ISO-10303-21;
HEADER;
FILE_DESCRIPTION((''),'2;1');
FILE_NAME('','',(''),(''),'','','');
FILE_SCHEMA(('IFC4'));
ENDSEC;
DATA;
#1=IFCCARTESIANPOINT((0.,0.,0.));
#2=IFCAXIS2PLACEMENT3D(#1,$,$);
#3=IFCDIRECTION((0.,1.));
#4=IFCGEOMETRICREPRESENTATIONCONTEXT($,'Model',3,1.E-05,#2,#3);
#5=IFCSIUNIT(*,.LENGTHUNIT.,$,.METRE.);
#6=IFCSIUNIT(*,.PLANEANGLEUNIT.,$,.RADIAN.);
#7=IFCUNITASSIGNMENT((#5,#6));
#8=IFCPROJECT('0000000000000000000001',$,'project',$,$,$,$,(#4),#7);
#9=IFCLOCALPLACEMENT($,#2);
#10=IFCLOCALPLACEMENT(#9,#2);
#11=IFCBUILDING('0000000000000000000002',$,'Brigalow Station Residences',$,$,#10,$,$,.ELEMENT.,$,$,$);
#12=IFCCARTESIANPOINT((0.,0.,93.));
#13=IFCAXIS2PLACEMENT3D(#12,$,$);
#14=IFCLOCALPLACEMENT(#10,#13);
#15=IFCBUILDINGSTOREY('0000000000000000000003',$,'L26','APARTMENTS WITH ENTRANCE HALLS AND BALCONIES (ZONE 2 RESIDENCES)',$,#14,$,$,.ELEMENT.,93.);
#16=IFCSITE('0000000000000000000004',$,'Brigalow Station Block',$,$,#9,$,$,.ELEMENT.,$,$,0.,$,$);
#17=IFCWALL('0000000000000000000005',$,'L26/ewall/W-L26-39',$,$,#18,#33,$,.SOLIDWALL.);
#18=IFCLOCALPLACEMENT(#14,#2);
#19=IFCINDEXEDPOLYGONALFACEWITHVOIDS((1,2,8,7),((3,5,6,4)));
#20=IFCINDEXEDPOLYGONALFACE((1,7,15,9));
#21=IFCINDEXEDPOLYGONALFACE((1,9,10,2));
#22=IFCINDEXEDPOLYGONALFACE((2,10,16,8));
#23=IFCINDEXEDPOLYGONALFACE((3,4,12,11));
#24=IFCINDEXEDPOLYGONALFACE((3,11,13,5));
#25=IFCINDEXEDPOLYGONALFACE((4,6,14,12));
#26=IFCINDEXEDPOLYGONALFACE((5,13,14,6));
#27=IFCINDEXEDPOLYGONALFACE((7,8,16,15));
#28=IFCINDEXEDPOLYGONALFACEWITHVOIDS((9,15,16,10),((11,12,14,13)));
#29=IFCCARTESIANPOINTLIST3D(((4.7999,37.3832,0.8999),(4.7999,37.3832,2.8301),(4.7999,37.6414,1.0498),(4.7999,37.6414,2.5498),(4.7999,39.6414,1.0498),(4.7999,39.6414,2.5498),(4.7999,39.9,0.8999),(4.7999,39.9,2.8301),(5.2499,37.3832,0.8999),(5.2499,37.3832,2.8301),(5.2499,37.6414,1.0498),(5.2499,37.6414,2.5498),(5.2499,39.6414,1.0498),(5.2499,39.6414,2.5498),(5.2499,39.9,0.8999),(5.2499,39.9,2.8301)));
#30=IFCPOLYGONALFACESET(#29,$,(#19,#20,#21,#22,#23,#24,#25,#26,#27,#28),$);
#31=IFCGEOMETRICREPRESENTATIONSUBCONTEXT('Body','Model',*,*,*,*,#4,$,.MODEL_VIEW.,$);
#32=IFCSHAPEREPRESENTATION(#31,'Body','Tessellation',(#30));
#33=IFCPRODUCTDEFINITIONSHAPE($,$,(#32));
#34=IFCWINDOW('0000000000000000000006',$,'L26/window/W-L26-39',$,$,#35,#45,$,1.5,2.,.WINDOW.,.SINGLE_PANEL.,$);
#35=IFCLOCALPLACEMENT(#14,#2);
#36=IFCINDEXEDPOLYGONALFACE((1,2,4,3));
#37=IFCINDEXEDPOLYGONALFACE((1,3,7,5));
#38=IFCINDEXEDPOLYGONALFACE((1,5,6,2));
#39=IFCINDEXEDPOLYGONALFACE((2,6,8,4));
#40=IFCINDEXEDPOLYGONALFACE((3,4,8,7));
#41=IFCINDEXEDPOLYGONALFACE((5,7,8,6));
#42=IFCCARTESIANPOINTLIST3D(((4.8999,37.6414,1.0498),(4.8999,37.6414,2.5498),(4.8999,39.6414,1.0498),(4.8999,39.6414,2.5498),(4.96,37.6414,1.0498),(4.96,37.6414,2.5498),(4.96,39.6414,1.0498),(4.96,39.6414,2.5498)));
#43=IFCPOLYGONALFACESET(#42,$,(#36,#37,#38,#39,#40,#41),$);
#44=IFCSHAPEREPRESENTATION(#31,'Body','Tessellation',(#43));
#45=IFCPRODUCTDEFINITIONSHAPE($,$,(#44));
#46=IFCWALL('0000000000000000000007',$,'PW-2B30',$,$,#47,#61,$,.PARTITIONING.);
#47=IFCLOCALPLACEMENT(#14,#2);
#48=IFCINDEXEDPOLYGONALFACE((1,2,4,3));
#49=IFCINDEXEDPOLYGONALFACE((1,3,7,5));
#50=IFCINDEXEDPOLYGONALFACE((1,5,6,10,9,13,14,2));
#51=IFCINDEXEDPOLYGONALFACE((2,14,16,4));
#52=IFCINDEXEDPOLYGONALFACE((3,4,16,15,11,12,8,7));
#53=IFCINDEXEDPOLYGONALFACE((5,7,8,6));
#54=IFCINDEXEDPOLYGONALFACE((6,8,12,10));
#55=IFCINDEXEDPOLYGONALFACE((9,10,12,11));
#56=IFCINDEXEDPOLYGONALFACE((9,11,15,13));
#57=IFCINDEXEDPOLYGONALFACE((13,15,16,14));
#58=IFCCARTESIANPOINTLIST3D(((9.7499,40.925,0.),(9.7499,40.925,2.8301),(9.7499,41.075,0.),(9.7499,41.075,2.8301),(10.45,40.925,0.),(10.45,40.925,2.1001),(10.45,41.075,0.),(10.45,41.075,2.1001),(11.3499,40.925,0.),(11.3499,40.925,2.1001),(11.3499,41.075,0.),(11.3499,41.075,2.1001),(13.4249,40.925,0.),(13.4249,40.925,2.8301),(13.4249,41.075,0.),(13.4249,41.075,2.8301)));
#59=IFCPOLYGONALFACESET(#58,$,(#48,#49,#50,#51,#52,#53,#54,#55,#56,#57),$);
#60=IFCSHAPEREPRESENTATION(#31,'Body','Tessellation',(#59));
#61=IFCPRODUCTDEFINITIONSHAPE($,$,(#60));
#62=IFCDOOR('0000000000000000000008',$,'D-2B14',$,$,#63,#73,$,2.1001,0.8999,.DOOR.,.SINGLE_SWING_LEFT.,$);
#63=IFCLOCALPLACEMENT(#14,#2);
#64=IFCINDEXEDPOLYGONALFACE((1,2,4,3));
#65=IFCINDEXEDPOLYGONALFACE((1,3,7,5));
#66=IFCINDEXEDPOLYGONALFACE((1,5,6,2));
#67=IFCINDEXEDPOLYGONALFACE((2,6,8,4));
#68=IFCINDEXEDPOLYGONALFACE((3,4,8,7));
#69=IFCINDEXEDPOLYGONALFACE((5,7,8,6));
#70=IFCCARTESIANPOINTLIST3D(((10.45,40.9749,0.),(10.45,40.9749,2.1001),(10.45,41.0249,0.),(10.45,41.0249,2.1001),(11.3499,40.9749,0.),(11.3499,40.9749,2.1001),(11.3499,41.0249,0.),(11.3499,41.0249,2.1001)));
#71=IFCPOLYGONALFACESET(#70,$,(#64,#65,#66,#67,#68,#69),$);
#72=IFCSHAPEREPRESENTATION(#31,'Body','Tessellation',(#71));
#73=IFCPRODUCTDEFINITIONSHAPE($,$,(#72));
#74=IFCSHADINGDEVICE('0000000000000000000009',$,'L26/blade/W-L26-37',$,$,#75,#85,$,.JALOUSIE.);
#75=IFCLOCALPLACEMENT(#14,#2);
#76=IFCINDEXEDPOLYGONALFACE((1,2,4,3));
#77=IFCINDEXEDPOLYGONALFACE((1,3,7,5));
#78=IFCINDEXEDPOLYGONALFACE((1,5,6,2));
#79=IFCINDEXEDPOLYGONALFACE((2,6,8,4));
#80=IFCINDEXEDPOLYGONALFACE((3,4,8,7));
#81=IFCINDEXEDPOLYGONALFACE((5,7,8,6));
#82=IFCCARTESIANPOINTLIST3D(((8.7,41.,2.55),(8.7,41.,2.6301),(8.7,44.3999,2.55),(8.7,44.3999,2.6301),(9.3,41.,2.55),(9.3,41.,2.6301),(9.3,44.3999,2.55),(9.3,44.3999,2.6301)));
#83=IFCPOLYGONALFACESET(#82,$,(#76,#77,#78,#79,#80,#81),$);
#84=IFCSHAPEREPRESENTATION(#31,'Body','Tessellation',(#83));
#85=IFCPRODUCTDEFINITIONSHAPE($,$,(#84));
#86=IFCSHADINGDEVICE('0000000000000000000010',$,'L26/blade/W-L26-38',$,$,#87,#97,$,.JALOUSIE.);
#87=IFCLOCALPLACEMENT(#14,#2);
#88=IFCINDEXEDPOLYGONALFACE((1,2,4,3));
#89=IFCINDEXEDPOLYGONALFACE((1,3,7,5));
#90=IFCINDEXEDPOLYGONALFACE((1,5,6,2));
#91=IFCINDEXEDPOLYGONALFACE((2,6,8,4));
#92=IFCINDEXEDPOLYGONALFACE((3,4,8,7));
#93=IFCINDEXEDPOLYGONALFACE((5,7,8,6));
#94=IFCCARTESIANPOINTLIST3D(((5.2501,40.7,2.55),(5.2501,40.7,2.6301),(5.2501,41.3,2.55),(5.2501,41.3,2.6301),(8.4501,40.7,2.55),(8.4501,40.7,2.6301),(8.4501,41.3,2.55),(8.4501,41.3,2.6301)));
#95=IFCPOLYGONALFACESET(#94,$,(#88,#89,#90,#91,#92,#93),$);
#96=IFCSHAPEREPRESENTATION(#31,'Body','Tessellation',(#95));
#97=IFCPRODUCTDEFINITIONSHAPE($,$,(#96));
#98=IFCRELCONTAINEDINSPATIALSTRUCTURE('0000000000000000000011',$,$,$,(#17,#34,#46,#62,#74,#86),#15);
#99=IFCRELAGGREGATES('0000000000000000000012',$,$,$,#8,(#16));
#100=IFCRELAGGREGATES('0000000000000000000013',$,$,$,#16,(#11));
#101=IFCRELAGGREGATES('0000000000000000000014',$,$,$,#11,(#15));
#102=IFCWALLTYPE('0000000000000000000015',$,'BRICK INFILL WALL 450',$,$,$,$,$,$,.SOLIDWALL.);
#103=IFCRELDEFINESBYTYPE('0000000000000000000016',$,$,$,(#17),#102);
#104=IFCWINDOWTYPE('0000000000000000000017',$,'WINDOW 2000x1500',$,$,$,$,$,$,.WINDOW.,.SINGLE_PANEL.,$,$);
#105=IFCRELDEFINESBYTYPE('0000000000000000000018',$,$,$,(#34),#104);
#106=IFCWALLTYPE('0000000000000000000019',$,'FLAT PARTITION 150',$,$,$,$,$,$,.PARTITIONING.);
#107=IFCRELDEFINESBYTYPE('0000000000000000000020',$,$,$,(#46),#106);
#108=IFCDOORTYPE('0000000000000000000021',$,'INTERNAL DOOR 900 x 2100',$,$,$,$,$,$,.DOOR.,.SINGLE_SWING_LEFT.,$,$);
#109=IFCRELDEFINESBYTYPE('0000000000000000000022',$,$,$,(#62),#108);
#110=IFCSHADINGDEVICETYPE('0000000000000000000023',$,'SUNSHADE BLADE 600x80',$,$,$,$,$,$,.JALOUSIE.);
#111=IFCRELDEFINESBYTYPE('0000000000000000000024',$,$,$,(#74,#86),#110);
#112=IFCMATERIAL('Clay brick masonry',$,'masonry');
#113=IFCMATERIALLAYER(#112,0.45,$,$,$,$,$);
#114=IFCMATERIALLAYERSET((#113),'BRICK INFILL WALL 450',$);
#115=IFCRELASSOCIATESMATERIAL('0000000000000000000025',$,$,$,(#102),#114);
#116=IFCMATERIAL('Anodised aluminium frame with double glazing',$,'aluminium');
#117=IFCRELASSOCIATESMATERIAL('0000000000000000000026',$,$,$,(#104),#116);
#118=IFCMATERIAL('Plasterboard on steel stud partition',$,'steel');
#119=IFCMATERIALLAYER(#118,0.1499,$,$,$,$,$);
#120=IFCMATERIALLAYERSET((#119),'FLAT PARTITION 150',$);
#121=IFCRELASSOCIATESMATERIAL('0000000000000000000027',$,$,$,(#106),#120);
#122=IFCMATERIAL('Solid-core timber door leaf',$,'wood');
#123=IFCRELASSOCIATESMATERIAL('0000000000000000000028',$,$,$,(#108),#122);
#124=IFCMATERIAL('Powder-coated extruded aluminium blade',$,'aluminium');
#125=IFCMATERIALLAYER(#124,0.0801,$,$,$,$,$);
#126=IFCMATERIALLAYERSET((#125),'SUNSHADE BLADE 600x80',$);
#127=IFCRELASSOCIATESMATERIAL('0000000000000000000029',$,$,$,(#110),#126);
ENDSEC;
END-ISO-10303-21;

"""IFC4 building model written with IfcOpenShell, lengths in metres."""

from ifc_helpers import new_model, si_unit, direction, frame, frame_2d, origin, origin_2d, place, context, subcontext, project, spatial, rectangle, extrude, material, layer, layer_set, type_object, element, fill, save


model = new_model("IFC4")

# Units and contexts
model_context = context("Model", 3, precision=1e-05, world=origin(), true_north=direction((0.0, 1.0)))
body_context = subcontext(model_context, "Body", "Model", "MODEL_VIEW")
ifc_project = project(units=[si_unit("LENGTHUNIT", "METRE"), si_unit("PLANEANGLEUNIT", "RADIAN")], contexts=[model_context])

# Site, building, storey
site_placement = place(None, origin())
site = spatial("IfcSite", under=ifc_project, at=site_placement, Name="Brigalow Station Block", CompositionType="ELEMENT", RefElevation=0.0)
building_placement = place(site_placement, origin())
building = spatial("IfcBuilding", under=site, at=building_placement, Name="Brigalow Station Residences", CompositionType="ELEMENT")
storey_placement = place(building_placement, frame((0.0, 0.0, 93.0)))
storey = spatial("IfcBuildingStorey", under=building, at=storey_placement, Name="L26", Description="APARTMENTS WITH ENTRANCE HALLS AND BALCONIES (ZONE 2 RESIDENCES)", CompositionType="ELEMENT", Elevation=93.0)

# Shared definitions
ifc_material_1 = material(Name="Clay brick masonry", Category="masonry")
ifc_layer_1 = layer(ifc_material_1, 0.45)
ifc_layer_set_1 = layer_set([ifc_layer_1], Name="BRICK INFILL WALL 450")
wall_type_1 = type_object("IfcWallType", Name="BRICK INFILL WALL 450", PredefinedType="SOLIDWALL", material=ifc_layer_set_1)

# Wall, opening, window
wall_1_placement = place(storey_placement, frame((5.0249, 39.8999, 0.8999), z_axis=(0.0, 0.0, 1.0), x_axis=(0.0, -1.0, 0.0)))
wall_1 = element("IfcWall", 1, at=wall_1_placement, inside=storey, type_object=wall_type_1, Name="L26/ewall/W-L26-39", PredefinedType="SOLIDWALL", context=body_context, shape_type="SweptSolid", body=[
    extrude(rectangle(XDim=2.5168, YDim=0.45, at=frame_2d((1.2583, 0.0))), origin(), (0.0, 0.0, 1.0), 1.9302),
])
opening_1_placement = place(wall_1_placement, frame((0.2585, 0.0, 0.1499)))
opening_1 = element("IfcOpeningElement", 2, at=opening_1_placement, cuts=wall_1, PredefinedType="OPENING", context=body_context, shape_type="SweptSolid", body=[
    extrude(rectangle(XDim=2.0, YDim=1.5, at=frame_2d((1.0, 0.75))), frame((0.0, 0.2349, 0.0), z_axis=(0.0, -1.0, 0.0), x_axis=(1.0, 0.0, 0.0)), (0.0, 0.0, 1.0), 0.47),
])
ifc_material_2 = material(Name="Anodised aluminium frame with double glazing", Category="aluminium")
window_type_1 = type_object("IfcWindowType", Name="WINDOW 2000x1500", PartitioningType="SINGLE_PANEL", PredefinedType="WINDOW", material=ifc_material_2)
window_1_placement = place(opening_1_placement, origin())
window_1 = element("IfcWindow", 3, at=window_1_placement, inside=storey, type_object=window_type_1, Name="L26/window/W-L26-39", OverallHeight=1.5, OverallWidth=2.0, PartitioningType="SINGLE_PANEL", PredefinedType="WINDOW", context=body_context, shape_type="SweptSolid", body=[
    extrude(rectangle(XDim=2.0, YDim=1.5, at=frame_2d((1.0, 0.75))), frame((0.0, -0.0649, 0.0), z_axis=(0.0, -1.0, 0.0), x_axis=(1.0, 0.0, 0.0)), (0.0, 0.0, 1.0), 0.0601),
])
fill(opening_1, window_1)

# Wall, opening, door
ifc_material_3 = material(Name="Plasterboard on steel stud partition", Category="steel")
ifc_layer_2 = layer(ifc_material_3, 0.1499)
ifc_layer_set_2 = layer_set([ifc_layer_2], Name="FLAT PARTITION 150")
wall_type_2 = type_object("IfcWallType", Name="FLAT PARTITION 150", PredefinedType="PARTITIONING", material=ifc_layer_set_2)
wall_2_placement = place(storey_placement, frame((9.75, 41.0, 0.0), z_axis=(0.0, 0.0, 1.0), x_axis=(1.0, 0.0, 0.0)))
wall_2 = element("IfcWall", 4, at=wall_2_placement, inside=storey, type_object=wall_type_2, Name="PW-2B30", PredefinedType="PARTITIONING", context=body_context, shape_type="SweptSolid", body=[
    extrude(rectangle(XDim=3.675, YDim=0.1499, at=frame_2d((1.8374, 0.0))), origin(), (0.0, 0.0, 1.0), 2.8301),
])
opening_2_placement = place(wall_2_placement, frame((0.7, 0.0, 0.0)))
opening_2 = element("IfcOpeningElement", 5, at=opening_2_placement, cuts=wall_2, PredefinedType="OPENING", context=body_context, shape_type="SweptSolid", body=[
    extrude(rectangle(XDim=0.8999, YDim=2.1001, at=frame_2d((0.45, 1.05))), frame((0.0, 0.085, 0.0), z_axis=(0.0, -1.0, 0.0), x_axis=(1.0, 0.0, 0.0)), (0.0, 0.0, 1.0), 0.1699),
])
ifc_material_4 = material(Name="Solid-core timber door leaf", Category="wood")
door_type_1 = type_object("IfcDoorType", Name="INTERNAL DOOR 900 x 2100", OperationType="SINGLE_SWING_LEFT", PredefinedType="DOOR", material=ifc_material_4)
door_1_placement = place(opening_2_placement, origin())
door_1 = element("IfcDoor", 6, at=door_1_placement, inside=storey, type_object=door_type_1, Name="D-2B14", OperationType="SINGLE_SWING_LEFT", OverallHeight=2.1001, OverallWidth=0.8999, PredefinedType="DOOR", context=body_context, shape_type="SweptSolid", body=[
    extrude(rectangle(XDim=0.8999, YDim=2.1001, at=frame_2d((0.45, 1.05))), frame((0.0, 0.0249, 0.0), z_axis=(0.0, -1.0, 0.0), x_axis=(1.0, 0.0, 0.0)), (0.0, 0.0, 1.0), 0.05),
])
fill(opening_2, door_1)

# Shading devices
ifc_material_5 = material(Name="Powder-coated extruded aluminium blade", Category="aluminium")
ifc_layer_3 = layer(ifc_material_5, 0.0801)
ifc_layer_set_3 = layer_set([ifc_layer_3], Name="SUNSHADE BLADE 600x80")
shading_device_type = type_object("IfcShadingDeviceType", Name="SUNSHADE BLADE 600x80", PredefinedType="JALOUSIE", material=ifc_layer_set_3)
shading_device_1_placement = place(storey_placement, frame((9.0, 42.7, 2.55), z_axis=(0.0, 0.0, 1.0), x_axis=(0.0, -1.0, 0.0)))
element("IfcShadingDevice", 7, at=shading_device_1_placement, inside=storey, type_object=shading_device_type, Name="L26/blade/W-L26-37", PredefinedType="JALOUSIE", context=body_context, shape_type="SweptSolid", body=[
    extrude(rectangle(XDim=3.3999, YDim=0.6001, at=origin_2d()), origin(), (0.0, 0.0, 1.0), 0.0801),
])
shading_device_2_placement = place(storey_placement, frame((6.8501, 41.0, 2.55), z_axis=(0.0, 0.0, 1.0), x_axis=(-1.0, 0.0, 0.0)))
element("IfcShadingDevice", 8, at=shading_device_2_placement, inside=storey, type_object=shading_device_type, Name="L26/blade/W-L26-38", PredefinedType="JALOUSIE", context=body_context, shape_type="SweptSolid", body=[
    extrude(rectangle(XDim=3.2, YDim=0.6001, at=origin_2d()), origin(), (0.0, 0.0, 1.0), 0.0801),
])

save(model, "model.ifc")
